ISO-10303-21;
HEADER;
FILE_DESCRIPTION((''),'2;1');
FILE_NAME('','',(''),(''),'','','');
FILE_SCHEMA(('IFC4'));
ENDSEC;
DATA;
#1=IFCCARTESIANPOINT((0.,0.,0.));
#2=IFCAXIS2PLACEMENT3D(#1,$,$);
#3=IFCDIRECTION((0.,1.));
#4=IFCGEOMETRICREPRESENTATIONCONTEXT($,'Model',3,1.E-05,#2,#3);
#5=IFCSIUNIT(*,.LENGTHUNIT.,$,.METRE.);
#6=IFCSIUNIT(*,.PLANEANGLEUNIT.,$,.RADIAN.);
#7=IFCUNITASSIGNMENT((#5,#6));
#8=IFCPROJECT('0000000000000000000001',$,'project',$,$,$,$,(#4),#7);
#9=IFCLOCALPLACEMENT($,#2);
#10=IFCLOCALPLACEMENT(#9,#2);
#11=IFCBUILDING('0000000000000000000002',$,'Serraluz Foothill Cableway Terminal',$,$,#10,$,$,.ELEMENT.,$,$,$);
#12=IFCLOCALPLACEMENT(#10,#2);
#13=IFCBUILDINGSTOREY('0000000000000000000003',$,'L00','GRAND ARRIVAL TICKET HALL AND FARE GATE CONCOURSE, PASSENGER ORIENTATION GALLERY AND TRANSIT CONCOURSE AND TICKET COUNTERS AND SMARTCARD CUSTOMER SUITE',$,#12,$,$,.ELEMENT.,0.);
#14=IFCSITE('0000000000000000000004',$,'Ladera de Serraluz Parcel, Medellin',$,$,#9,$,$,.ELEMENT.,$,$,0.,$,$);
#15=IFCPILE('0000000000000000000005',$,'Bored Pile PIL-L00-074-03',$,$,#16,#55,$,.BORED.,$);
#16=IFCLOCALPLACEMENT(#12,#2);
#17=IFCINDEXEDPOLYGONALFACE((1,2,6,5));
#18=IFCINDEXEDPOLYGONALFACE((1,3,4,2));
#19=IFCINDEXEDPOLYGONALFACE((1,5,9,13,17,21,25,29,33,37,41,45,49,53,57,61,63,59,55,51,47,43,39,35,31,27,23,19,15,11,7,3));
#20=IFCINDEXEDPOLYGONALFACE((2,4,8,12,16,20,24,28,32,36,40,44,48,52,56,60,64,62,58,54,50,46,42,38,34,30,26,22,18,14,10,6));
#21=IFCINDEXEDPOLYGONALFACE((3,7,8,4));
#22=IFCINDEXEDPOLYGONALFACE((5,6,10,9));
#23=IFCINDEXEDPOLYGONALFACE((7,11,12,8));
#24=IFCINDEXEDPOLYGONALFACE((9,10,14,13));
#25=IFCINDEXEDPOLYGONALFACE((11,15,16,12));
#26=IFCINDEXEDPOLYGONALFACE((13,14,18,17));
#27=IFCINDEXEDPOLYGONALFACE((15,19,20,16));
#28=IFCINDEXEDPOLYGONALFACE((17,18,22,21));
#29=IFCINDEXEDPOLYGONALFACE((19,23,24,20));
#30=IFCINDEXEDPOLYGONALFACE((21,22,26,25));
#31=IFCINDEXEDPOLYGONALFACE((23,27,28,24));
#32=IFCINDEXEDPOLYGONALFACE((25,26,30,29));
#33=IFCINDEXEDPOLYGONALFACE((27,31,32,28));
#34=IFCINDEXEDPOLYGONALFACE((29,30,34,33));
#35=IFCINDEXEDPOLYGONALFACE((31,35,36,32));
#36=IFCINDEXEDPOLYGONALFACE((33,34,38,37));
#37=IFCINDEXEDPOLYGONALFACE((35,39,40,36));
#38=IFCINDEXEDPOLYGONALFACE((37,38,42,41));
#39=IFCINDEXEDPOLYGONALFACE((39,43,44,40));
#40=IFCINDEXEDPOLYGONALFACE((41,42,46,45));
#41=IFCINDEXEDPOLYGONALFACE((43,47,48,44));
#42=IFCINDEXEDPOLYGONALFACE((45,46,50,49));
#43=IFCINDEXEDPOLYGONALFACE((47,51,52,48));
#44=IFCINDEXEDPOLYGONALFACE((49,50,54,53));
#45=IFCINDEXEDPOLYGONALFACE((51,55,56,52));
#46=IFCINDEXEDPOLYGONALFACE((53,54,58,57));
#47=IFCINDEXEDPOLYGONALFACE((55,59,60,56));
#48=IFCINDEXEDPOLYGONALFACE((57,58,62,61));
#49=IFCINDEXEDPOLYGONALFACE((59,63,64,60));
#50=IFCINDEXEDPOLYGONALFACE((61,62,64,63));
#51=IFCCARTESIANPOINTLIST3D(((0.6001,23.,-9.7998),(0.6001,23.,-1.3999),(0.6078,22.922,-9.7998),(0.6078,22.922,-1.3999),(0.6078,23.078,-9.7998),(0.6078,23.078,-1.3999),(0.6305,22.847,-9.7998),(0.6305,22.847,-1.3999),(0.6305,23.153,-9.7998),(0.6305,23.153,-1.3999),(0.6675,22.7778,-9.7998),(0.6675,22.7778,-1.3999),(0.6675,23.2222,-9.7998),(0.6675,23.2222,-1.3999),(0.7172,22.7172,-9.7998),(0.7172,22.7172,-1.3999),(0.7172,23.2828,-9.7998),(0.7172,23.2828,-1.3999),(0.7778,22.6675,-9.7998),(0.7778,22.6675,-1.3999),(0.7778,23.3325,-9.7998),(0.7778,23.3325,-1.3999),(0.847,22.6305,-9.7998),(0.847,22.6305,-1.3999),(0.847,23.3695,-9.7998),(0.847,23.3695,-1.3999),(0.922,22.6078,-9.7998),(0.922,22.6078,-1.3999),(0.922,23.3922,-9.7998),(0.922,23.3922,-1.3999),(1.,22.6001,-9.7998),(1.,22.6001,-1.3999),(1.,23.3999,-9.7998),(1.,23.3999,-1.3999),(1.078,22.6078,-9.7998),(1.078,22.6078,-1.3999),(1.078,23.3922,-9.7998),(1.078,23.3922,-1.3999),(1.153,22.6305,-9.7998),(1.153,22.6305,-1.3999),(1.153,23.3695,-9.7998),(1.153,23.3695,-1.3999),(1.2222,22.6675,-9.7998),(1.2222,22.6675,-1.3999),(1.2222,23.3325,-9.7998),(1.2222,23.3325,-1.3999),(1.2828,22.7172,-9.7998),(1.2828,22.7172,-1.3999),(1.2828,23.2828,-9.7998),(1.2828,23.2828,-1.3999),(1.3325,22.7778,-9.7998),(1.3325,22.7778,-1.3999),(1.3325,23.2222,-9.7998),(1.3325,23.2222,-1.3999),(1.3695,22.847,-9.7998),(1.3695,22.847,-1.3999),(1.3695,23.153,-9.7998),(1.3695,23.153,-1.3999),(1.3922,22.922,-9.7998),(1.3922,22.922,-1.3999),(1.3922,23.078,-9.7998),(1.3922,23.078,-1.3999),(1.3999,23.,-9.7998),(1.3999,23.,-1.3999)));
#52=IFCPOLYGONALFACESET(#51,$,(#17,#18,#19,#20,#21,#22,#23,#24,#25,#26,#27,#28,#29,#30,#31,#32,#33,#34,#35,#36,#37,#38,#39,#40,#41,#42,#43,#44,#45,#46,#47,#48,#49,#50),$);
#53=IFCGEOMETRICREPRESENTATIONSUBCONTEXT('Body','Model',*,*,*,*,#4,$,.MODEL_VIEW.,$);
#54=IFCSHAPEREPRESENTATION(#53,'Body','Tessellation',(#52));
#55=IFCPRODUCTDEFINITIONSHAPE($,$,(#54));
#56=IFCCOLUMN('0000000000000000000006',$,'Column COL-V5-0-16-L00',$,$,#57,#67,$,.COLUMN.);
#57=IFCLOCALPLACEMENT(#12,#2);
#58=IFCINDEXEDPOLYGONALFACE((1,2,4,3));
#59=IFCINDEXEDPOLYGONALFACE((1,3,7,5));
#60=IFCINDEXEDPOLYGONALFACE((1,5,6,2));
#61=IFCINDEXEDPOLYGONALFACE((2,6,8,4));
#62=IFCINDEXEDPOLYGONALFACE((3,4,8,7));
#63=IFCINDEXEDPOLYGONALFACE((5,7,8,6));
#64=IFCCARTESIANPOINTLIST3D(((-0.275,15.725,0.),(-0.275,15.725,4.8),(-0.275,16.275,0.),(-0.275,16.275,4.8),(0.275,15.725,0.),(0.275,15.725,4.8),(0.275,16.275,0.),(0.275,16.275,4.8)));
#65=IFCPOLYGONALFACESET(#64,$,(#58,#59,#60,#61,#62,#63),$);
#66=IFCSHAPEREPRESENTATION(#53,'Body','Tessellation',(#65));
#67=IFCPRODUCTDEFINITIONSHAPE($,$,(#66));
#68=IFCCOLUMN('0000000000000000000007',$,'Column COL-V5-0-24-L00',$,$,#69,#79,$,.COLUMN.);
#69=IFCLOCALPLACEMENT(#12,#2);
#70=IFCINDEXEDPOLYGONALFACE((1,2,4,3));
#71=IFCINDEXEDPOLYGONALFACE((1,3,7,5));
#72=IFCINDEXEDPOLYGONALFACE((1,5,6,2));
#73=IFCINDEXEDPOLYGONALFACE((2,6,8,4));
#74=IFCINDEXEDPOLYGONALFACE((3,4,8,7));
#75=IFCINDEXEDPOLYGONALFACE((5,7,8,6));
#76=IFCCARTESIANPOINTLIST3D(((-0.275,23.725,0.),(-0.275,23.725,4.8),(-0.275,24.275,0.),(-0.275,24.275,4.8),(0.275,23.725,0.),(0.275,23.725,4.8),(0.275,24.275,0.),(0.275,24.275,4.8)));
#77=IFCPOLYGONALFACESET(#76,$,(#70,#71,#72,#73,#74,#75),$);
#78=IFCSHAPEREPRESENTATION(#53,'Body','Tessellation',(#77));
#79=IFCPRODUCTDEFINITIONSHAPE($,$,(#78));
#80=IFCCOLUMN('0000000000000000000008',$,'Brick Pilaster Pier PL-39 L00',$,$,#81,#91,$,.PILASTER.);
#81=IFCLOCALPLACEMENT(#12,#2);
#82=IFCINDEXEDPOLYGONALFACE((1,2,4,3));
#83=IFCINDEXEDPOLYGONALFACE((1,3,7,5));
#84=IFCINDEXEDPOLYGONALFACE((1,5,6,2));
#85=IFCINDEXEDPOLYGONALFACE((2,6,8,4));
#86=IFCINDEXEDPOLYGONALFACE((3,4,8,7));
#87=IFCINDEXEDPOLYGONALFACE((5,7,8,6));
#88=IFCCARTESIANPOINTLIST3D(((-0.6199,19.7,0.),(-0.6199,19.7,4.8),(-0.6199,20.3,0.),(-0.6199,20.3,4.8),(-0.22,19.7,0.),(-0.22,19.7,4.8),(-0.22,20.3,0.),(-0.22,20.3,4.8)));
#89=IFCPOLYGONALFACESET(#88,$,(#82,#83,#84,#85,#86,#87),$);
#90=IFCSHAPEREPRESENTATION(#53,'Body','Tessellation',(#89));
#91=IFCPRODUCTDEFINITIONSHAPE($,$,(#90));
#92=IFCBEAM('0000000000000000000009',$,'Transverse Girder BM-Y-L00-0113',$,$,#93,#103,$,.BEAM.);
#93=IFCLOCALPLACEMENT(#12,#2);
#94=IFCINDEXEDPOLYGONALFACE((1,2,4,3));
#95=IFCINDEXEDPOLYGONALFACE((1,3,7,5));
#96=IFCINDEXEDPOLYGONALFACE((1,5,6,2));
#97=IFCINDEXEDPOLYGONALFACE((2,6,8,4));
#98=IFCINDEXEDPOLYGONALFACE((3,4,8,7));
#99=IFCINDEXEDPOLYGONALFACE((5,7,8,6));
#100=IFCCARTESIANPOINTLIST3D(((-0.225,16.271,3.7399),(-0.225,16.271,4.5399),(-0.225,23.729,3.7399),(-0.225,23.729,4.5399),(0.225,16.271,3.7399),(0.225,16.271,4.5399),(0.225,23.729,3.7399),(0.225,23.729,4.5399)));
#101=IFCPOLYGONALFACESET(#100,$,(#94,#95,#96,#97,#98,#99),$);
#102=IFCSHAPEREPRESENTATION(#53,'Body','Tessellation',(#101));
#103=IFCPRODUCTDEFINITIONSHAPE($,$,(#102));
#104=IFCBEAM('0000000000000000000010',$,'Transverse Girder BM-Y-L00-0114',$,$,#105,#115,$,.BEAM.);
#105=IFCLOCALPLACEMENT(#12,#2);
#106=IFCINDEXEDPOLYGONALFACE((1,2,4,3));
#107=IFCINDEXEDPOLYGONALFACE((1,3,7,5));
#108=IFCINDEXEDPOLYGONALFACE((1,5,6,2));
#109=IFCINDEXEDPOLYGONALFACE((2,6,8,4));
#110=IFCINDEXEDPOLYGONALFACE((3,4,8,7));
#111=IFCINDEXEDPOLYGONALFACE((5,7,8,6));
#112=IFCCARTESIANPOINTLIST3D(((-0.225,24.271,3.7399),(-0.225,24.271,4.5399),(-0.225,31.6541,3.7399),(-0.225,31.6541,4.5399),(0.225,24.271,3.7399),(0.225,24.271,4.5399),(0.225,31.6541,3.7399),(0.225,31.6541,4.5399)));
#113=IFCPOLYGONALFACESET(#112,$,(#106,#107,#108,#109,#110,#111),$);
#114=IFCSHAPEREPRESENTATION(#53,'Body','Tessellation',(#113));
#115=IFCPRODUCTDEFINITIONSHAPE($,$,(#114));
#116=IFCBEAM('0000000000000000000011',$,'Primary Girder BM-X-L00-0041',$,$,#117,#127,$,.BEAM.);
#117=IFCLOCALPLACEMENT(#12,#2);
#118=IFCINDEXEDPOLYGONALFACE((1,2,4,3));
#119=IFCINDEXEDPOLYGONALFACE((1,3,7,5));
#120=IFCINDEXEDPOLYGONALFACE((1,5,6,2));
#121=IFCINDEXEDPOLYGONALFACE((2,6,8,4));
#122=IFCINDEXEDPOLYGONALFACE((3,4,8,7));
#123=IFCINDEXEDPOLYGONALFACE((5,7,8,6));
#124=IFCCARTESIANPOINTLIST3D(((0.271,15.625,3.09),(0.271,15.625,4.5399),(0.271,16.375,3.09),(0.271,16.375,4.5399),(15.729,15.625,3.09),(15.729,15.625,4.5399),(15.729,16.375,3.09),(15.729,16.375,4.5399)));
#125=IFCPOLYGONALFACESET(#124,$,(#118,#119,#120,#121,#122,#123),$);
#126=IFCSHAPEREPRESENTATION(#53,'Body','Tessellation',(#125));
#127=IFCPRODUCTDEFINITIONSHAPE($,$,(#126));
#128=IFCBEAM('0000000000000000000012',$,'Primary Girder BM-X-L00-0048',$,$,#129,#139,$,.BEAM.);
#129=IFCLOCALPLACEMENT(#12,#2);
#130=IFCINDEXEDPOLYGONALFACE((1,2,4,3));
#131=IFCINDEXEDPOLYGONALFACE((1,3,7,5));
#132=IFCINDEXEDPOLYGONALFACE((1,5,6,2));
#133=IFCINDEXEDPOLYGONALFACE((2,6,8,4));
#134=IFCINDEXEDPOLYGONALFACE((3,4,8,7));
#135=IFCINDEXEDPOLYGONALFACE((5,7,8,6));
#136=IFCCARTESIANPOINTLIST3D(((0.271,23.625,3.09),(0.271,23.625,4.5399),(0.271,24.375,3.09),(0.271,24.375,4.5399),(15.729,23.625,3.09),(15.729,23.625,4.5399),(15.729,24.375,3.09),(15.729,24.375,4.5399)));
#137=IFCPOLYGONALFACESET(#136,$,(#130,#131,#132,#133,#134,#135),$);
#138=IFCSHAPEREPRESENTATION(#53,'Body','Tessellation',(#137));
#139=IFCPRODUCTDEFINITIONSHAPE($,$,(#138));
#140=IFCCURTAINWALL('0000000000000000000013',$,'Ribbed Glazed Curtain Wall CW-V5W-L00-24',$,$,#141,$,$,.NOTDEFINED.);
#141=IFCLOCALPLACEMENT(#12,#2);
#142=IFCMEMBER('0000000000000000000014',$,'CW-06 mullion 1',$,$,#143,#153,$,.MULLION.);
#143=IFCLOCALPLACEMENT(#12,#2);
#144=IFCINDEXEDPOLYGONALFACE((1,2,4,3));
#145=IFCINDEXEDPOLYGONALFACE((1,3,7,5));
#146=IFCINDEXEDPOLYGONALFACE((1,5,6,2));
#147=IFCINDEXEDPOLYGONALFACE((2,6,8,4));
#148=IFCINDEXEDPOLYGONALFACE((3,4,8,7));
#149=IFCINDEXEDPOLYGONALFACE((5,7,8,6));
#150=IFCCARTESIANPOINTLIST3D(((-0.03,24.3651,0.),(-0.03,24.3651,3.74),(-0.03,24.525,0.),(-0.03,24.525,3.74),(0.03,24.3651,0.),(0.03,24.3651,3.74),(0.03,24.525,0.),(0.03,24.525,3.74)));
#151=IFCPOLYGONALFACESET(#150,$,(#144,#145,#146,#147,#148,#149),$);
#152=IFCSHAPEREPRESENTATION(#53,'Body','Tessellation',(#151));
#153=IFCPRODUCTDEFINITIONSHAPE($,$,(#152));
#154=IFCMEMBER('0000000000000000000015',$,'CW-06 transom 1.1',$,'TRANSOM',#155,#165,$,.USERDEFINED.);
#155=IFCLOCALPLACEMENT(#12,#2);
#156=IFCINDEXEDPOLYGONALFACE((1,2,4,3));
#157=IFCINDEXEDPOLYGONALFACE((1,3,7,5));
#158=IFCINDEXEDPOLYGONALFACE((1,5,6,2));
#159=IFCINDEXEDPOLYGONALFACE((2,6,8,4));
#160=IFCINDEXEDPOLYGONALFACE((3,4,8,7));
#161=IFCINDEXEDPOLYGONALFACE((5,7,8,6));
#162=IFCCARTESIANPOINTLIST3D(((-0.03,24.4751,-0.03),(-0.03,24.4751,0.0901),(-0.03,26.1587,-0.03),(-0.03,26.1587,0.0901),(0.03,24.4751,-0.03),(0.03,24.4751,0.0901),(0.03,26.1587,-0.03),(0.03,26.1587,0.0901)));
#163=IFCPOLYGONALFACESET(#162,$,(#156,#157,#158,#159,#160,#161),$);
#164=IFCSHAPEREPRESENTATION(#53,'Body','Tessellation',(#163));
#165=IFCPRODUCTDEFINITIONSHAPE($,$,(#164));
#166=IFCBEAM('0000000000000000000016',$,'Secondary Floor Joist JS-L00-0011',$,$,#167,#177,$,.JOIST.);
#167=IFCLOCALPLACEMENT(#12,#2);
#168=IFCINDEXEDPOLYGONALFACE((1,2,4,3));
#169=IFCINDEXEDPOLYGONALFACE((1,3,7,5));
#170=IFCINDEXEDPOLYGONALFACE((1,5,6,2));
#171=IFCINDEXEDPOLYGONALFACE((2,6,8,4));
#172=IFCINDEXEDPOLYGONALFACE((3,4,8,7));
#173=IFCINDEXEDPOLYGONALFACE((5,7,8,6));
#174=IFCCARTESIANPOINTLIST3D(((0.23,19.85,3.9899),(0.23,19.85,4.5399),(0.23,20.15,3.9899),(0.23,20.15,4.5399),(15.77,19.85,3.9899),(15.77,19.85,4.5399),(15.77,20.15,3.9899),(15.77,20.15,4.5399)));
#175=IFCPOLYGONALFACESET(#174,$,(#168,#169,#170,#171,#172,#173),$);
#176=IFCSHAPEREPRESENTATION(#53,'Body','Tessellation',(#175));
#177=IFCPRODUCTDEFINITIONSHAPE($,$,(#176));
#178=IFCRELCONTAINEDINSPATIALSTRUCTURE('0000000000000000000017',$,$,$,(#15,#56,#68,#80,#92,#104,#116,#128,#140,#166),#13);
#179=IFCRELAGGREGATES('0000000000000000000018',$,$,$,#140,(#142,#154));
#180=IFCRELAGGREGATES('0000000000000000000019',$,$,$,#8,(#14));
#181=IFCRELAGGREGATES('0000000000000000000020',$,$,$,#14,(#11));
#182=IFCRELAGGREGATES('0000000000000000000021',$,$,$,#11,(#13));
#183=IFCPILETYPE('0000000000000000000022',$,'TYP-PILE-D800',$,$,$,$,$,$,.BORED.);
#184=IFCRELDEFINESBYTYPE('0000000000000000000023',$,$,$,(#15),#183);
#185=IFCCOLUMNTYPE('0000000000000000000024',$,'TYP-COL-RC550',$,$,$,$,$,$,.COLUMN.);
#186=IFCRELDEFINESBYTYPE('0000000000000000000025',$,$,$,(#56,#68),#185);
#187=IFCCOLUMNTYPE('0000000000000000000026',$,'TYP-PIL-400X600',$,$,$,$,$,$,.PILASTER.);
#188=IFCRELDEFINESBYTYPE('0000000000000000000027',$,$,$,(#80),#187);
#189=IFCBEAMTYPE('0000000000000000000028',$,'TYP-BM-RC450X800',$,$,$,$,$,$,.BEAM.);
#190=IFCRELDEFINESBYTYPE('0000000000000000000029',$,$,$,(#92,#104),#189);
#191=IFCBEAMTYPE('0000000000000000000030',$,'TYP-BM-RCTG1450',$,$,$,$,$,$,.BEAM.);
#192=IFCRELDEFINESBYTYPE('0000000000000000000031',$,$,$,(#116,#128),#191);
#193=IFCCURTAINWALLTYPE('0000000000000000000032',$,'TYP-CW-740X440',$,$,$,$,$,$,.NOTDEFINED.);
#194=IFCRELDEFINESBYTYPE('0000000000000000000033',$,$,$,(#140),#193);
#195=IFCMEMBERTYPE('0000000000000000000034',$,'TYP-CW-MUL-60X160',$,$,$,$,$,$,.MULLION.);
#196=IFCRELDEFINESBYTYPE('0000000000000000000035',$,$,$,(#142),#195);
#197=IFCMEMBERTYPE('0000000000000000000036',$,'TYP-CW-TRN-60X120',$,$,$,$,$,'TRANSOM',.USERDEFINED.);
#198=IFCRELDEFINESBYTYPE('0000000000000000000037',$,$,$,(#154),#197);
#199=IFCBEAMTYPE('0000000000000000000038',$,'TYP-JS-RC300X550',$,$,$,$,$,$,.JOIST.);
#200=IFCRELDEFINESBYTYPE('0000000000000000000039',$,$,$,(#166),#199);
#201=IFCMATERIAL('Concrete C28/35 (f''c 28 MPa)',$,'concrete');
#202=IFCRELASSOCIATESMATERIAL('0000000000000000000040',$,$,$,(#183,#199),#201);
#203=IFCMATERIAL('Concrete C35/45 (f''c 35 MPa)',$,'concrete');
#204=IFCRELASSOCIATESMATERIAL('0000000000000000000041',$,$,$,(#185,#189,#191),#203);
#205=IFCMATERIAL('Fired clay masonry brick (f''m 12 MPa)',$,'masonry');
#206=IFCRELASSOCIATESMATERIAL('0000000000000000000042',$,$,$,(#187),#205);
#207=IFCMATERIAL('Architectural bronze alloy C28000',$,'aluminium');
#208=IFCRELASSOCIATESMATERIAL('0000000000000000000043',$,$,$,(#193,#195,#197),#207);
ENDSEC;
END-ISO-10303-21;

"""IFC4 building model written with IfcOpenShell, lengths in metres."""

from ifc_helpers import new_model, si_unit, direction, frame, origin, origin_2d, place, context, subcontext, project, spatial, rectangle, circle, extrude, material, material_profile, profile_set, type_object, element, aggregate, save


model = new_model("IFC4")

# Units and contexts
model_context = context("Model", 3, precision=1e-05, world=origin(), true_north=direction((0.0, 1.0)))
body_context = subcontext(model_context, "Body", "Model", "MODEL_VIEW")
ifc_project = project(units=[si_unit("LENGTHUNIT", "METRE"), si_unit("PLANEANGLEUNIT", "RADIAN")], contexts=[model_context])

# Site, building, storey
site_placement = place(None, origin())
site = spatial("IfcSite", under=ifc_project, at=site_placement, Name="Ladera de Serraluz Parcel, Medellin", CompositionType="ELEMENT", RefElevation=0.0)
building_placement = place(site_placement, origin())
building = spatial("IfcBuilding", under=site, at=building_placement, Name="Serraluz Foothill Cableway Terminal", CompositionType="ELEMENT")
storey_placement = place(building_placement, origin())
storey = spatial("IfcBuildingStorey", under=building, at=storey_placement, Name="L00", Description="GRAND ARRIVAL TICKET HALL AND FARE GATE CONCOURSE, PASSENGER ORIENTATION GALLERY AND TRANSIT CONCOURSE AND TICKET COUNTERS AND SMARTCARD CUSTOMER SUITE", CompositionType="ELEMENT", Elevation=0.0)

# Shared definitions
ifc_material_1 = material(Name="Concrete C35/45 (f'c 35 MPa)", Category="concrete")

# Pile
ifc_material_2 = material(Name="Concrete C28/35 (f'c 28 MPa)", Category="concrete")
ifc_material_profile_1 = material_profile(ifc_material_2, circle(Radius=0.3999, at=origin_2d()), Name="BORED PILE D800")
ifc_profile_set_1 = profile_set([ifc_material_profile_1], Name="Concrete C28/35 (f'c 28 MPa)")
pile_type = type_object("IfcPileType", Name="TYP-PILE-D800", PredefinedType="BORED", material=ifc_profile_set_1)
for number, where, z_axis, x_axis, name in (
    (1, (1.0, 23.0, -1.3999), (0.0, 0.0, -1.0), (1.0, 0.0, 0.0), "Bored Pile PIL-L00-074-03"),
):
    element("IfcPile", number, at=place(storey_placement, frame(where, z_axis=z_axis, x_axis=x_axis)), inside=storey, type_object=pile_type, Name=name, PredefinedType="BORED", context=body_context, shape_type="SweptSolid", body=[
        extrude(circle(Radius=0.3999, at=origin_2d()), origin(), (0.0, 0.0, 1.0), 8.3999),
    ])

# Columns
ifc_material_profile_2 = material_profile(ifc_material_1, rectangle(XDim=0.55, YDim=0.55, at=origin_2d()), Name="RC 550x550")
ifc_profile_set_2 = profile_set([ifc_material_profile_2], Name="Concrete C35/45 (f'c 35 MPa)")
column_type_1 = type_object("IfcColumnType", Name="TYP-COL-RC550", PredefinedType="COLUMN", material=ifc_profile_set_2)
for number, where, z_axis, x_axis, name in (
    (2, (0.0, 16.0, 0.0), (0.0, 0.0, 1.0), (1.0, 0.0, 0.0), "Column COL-V5-0-16-L00"),
    (3, (0.0, 24.0, 0.0), (0.0, 0.0, 1.0), (1.0, 0.0, 0.0), "Column COL-V5-0-24-L00"),
):
    element("IfcColumn", number, at=place(storey_placement, frame(where, z_axis=z_axis, x_axis=x_axis)), inside=storey, type_object=column_type_1, Name=name, PredefinedType="COLUMN", context=body_context, shape_type="SweptSolid", body=[
        extrude(rectangle(XDim=0.55, YDim=0.55, at=origin_2d()), origin(), (0.0, 0.0, 1.0), 4.8),
    ])
ifc_material_3 = material(Name="Fired clay masonry brick (f'm 12 MPa)", Category="masonry")
ifc_material_profile_3 = material_profile(ifc_material_3, rectangle(XDim=0.3999, YDim=0.6001, at=origin_2d()), Name="PIL 400x600")
ifc_profile_set_3 = profile_set([ifc_material_profile_3], Name="Fired clay masonry brick (f'm 12 MPa)")
column_type_2 = type_object("IfcColumnType", Name="TYP-PIL-400X600", PredefinedType="PILASTER", material=ifc_profile_set_3)
column_placement = place(storey_placement, frame((-0.4199, 20.0, 0.0), z_axis=(0.0, 0.0, 1.0), x_axis=(1.0, 0.0, 0.0)))
element("IfcColumn", 4, at=column_placement, inside=storey, type_object=column_type_2, Name="Brick Pilaster Pier PL-39 L00", PredefinedType="PILASTER", context=body_context, shape_type="SweptSolid", body=[
    extrude(rectangle(XDim=0.3999, YDim=0.6001, at=origin_2d()), origin(), (0.0, 0.0, 1.0), 4.8),
])

# Beams
ifc_material_profile_4 = material_profile(ifc_material_1, rectangle(XDim=0.45, YDim=0.8, at=origin_2d()), Name="RC 450x800")
ifc_profile_set_4 = profile_set([ifc_material_profile_4], Name="Concrete C35/45 (f'c 35 MPa)")
beam_type_1 = type_object("IfcBeamType", Name="TYP-BM-RC450X800", PredefinedType="BEAM", material=ifc_profile_set_4)
beam_1_placement = place(storey_placement, frame((0.0, 16.271, 4.1399), z_axis=(0.0, 1.0, 0.0), x_axis=(-1.0, 0.0, 0.0)))
element("IfcBeam", 5, at=beam_1_placement, inside=storey, type_object=beam_type_1, Name="Transverse Girder BM-Y-L00-0113", PredefinedType="BEAM", context=body_context, shape_type="SweptSolid", body=[
    extrude(rectangle(XDim=0.45, YDim=0.8, at=origin_2d()), origin(), (0.0, 0.0, 1.0), 7.458),
])
beam_2_placement = place(storey_placement, frame((0.0, 24.271, 4.1399), z_axis=(0.0, 1.0, 0.0), x_axis=(-1.0, 0.0, 0.0)))
element("IfcBeam", 6, at=beam_2_placement, inside=storey, type_object=beam_type_1, Name="Transverse Girder BM-Y-L00-0114", PredefinedType="BEAM", context=body_context, shape_type="SweptSolid", body=[
    extrude(rectangle(XDim=0.45, YDim=0.8, at=origin_2d()), origin(), (0.0, 0.0, 1.0), 7.3831),
])
ifc_material_profile_5 = material_profile(ifc_material_1, rectangle(XDim=0.75, YDim=1.45, at=origin_2d()), Name="RC TG 750x1450")
ifc_profile_set_5 = profile_set([ifc_material_profile_5], Name="Concrete C35/45 (f'c 35 MPa)")
beam_type_2 = type_object("IfcBeamType", Name="TYP-BM-RCTG1450", PredefinedType="BEAM", material=ifc_profile_set_5)
for number, where, z_axis, x_axis, name in (
    (7, (0.271, 16.0, 3.8149), (1.0, 0.0, 0.0), (0.0, 1.0, 0.0), "Primary Girder BM-X-L00-0041"),
    (8, (0.271, 24.0, 3.8149), (1.0, 0.0, 0.0), (0.0, 1.0, 0.0), "Primary Girder BM-X-L00-0048"),
):
    element("IfcBeam", number, at=place(storey_placement, frame(where, z_axis=z_axis, x_axis=x_axis)), inside=storey, type_object=beam_type_2, Name=name, PredefinedType="BEAM", context=body_context, shape_type="SweptSolid", body=[
        extrude(rectangle(XDim=0.75, YDim=1.45, at=origin_2d()), origin(), (0.0, 0.0, 1.0), 15.458),
    ])

# Curtain wall, members
ifc_material_4 = material(Name="Architectural bronze alloy C28000", Category="aluminium")
curtain_wall_type = type_object("IfcCurtainWallType", Name="TYP-CW-740X440", PredefinedType="NOTDEFINED", material=ifc_material_4)
curtain_wall_placement = place(storey_placement, origin())
curtain_wall = element("IfcCurtainWall", 9, at=curtain_wall_placement, inside=storey, type_object=curtain_wall_type, Name="Ribbed Glazed Curtain Wall CW-V5W-L00-24", PredefinedType="NOTDEFINED")
ifc_material_profile_6 = material_profile(ifc_material_4, rectangle(XDim=0.0601, YDim=0.1599, at=origin_2d()), Name="ALU MULLION 60x160")
ifc_profile_set_6 = profile_set([ifc_material_profile_6], Name="Architectural bronze alloy C28000")
member_type_1 = type_object("IfcMemberType", Name="TYP-CW-MUL-60X160", PredefinedType="MULLION", material=ifc_profile_set_6)
member_1_placement = place(storey_placement, frame((0.0, 24.4451, 0.0), z_axis=(0.0, 0.0, 1.0), x_axis=(-1.0, 0.0, 0.0)))
member_1 = element("IfcMember", 10, at=member_1_placement, type_object=member_type_1, Name="CW-06 mullion 1", PredefinedType="MULLION", context=body_context, shape_type="SweptSolid", body=[
    extrude(rectangle(XDim=0.0601, YDim=0.1599, at=origin_2d()), origin(), (0.0, 0.0, 1.0), 3.74),
])
ifc_material_profile_7 = material_profile(ifc_material_4, rectangle(XDim=0.0601, YDim=0.1201, at=origin_2d()), Name="ALU TRANSOM 60x120")
ifc_profile_set_7 = profile_set([ifc_material_profile_7], Name="Architectural bronze alloy C28000")
member_type_2 = type_object("IfcMemberType", Name="TYP-CW-TRN-60X120", ElementType="TRANSOM", PredefinedType="USERDEFINED", material=ifc_profile_set_7)
member_2_placement = place(storey_placement, frame((0.0, 24.4751, 0.03), z_axis=(0.0, 1.0, 0.0), x_axis=(-1.0, 0.0, 0.0)))
member_2 = element("IfcMember", 11, at=member_2_placement, type_object=member_type_2, Name="CW-06 transom 1.1", ObjectType="TRANSOM", PredefinedType="USERDEFINED", context=body_context, shape_type="SweptSolid", body=[
    extrude(rectangle(XDim=0.0601, YDim=0.1201, at=origin_2d()), origin(), (0.0, 0.0, 1.0), 1.6836),
])
aggregate(curtain_wall, [member_1, member_2])

# Beam
ifc_material_profile_8 = material_profile(ifc_material_2, rectangle(XDim=0.3, YDim=0.55, at=origin_2d()), Name="RC 300x550")
ifc_profile_set_8 = profile_set([ifc_material_profile_8], Name="Concrete C28/35 (f'c 28 MPa)")
beam_type_3 = type_object("IfcBeamType", Name="TYP-JS-RC300X550", PredefinedType="JOIST", material=ifc_profile_set_8)
beam_3_placement = place(storey_placement, frame((0.23, 20.0, 4.2649), z_axis=(1.0, 0.0, 0.0), x_axis=(0.0, 1.0, 0.0)))
element("IfcBeam", 12, at=beam_3_placement, inside=storey, type_object=beam_type_3, Name="Secondary Floor Joist JS-L00-0011", PredefinedType="JOIST", context=body_context, shape_type="SweptSolid", body=[
    extrude(rectangle(XDim=0.3, YDim=0.55, at=origin_2d()), origin(), (0.0, 0.0, 1.0), 15.54),
])

save(model, "model.ifc")
